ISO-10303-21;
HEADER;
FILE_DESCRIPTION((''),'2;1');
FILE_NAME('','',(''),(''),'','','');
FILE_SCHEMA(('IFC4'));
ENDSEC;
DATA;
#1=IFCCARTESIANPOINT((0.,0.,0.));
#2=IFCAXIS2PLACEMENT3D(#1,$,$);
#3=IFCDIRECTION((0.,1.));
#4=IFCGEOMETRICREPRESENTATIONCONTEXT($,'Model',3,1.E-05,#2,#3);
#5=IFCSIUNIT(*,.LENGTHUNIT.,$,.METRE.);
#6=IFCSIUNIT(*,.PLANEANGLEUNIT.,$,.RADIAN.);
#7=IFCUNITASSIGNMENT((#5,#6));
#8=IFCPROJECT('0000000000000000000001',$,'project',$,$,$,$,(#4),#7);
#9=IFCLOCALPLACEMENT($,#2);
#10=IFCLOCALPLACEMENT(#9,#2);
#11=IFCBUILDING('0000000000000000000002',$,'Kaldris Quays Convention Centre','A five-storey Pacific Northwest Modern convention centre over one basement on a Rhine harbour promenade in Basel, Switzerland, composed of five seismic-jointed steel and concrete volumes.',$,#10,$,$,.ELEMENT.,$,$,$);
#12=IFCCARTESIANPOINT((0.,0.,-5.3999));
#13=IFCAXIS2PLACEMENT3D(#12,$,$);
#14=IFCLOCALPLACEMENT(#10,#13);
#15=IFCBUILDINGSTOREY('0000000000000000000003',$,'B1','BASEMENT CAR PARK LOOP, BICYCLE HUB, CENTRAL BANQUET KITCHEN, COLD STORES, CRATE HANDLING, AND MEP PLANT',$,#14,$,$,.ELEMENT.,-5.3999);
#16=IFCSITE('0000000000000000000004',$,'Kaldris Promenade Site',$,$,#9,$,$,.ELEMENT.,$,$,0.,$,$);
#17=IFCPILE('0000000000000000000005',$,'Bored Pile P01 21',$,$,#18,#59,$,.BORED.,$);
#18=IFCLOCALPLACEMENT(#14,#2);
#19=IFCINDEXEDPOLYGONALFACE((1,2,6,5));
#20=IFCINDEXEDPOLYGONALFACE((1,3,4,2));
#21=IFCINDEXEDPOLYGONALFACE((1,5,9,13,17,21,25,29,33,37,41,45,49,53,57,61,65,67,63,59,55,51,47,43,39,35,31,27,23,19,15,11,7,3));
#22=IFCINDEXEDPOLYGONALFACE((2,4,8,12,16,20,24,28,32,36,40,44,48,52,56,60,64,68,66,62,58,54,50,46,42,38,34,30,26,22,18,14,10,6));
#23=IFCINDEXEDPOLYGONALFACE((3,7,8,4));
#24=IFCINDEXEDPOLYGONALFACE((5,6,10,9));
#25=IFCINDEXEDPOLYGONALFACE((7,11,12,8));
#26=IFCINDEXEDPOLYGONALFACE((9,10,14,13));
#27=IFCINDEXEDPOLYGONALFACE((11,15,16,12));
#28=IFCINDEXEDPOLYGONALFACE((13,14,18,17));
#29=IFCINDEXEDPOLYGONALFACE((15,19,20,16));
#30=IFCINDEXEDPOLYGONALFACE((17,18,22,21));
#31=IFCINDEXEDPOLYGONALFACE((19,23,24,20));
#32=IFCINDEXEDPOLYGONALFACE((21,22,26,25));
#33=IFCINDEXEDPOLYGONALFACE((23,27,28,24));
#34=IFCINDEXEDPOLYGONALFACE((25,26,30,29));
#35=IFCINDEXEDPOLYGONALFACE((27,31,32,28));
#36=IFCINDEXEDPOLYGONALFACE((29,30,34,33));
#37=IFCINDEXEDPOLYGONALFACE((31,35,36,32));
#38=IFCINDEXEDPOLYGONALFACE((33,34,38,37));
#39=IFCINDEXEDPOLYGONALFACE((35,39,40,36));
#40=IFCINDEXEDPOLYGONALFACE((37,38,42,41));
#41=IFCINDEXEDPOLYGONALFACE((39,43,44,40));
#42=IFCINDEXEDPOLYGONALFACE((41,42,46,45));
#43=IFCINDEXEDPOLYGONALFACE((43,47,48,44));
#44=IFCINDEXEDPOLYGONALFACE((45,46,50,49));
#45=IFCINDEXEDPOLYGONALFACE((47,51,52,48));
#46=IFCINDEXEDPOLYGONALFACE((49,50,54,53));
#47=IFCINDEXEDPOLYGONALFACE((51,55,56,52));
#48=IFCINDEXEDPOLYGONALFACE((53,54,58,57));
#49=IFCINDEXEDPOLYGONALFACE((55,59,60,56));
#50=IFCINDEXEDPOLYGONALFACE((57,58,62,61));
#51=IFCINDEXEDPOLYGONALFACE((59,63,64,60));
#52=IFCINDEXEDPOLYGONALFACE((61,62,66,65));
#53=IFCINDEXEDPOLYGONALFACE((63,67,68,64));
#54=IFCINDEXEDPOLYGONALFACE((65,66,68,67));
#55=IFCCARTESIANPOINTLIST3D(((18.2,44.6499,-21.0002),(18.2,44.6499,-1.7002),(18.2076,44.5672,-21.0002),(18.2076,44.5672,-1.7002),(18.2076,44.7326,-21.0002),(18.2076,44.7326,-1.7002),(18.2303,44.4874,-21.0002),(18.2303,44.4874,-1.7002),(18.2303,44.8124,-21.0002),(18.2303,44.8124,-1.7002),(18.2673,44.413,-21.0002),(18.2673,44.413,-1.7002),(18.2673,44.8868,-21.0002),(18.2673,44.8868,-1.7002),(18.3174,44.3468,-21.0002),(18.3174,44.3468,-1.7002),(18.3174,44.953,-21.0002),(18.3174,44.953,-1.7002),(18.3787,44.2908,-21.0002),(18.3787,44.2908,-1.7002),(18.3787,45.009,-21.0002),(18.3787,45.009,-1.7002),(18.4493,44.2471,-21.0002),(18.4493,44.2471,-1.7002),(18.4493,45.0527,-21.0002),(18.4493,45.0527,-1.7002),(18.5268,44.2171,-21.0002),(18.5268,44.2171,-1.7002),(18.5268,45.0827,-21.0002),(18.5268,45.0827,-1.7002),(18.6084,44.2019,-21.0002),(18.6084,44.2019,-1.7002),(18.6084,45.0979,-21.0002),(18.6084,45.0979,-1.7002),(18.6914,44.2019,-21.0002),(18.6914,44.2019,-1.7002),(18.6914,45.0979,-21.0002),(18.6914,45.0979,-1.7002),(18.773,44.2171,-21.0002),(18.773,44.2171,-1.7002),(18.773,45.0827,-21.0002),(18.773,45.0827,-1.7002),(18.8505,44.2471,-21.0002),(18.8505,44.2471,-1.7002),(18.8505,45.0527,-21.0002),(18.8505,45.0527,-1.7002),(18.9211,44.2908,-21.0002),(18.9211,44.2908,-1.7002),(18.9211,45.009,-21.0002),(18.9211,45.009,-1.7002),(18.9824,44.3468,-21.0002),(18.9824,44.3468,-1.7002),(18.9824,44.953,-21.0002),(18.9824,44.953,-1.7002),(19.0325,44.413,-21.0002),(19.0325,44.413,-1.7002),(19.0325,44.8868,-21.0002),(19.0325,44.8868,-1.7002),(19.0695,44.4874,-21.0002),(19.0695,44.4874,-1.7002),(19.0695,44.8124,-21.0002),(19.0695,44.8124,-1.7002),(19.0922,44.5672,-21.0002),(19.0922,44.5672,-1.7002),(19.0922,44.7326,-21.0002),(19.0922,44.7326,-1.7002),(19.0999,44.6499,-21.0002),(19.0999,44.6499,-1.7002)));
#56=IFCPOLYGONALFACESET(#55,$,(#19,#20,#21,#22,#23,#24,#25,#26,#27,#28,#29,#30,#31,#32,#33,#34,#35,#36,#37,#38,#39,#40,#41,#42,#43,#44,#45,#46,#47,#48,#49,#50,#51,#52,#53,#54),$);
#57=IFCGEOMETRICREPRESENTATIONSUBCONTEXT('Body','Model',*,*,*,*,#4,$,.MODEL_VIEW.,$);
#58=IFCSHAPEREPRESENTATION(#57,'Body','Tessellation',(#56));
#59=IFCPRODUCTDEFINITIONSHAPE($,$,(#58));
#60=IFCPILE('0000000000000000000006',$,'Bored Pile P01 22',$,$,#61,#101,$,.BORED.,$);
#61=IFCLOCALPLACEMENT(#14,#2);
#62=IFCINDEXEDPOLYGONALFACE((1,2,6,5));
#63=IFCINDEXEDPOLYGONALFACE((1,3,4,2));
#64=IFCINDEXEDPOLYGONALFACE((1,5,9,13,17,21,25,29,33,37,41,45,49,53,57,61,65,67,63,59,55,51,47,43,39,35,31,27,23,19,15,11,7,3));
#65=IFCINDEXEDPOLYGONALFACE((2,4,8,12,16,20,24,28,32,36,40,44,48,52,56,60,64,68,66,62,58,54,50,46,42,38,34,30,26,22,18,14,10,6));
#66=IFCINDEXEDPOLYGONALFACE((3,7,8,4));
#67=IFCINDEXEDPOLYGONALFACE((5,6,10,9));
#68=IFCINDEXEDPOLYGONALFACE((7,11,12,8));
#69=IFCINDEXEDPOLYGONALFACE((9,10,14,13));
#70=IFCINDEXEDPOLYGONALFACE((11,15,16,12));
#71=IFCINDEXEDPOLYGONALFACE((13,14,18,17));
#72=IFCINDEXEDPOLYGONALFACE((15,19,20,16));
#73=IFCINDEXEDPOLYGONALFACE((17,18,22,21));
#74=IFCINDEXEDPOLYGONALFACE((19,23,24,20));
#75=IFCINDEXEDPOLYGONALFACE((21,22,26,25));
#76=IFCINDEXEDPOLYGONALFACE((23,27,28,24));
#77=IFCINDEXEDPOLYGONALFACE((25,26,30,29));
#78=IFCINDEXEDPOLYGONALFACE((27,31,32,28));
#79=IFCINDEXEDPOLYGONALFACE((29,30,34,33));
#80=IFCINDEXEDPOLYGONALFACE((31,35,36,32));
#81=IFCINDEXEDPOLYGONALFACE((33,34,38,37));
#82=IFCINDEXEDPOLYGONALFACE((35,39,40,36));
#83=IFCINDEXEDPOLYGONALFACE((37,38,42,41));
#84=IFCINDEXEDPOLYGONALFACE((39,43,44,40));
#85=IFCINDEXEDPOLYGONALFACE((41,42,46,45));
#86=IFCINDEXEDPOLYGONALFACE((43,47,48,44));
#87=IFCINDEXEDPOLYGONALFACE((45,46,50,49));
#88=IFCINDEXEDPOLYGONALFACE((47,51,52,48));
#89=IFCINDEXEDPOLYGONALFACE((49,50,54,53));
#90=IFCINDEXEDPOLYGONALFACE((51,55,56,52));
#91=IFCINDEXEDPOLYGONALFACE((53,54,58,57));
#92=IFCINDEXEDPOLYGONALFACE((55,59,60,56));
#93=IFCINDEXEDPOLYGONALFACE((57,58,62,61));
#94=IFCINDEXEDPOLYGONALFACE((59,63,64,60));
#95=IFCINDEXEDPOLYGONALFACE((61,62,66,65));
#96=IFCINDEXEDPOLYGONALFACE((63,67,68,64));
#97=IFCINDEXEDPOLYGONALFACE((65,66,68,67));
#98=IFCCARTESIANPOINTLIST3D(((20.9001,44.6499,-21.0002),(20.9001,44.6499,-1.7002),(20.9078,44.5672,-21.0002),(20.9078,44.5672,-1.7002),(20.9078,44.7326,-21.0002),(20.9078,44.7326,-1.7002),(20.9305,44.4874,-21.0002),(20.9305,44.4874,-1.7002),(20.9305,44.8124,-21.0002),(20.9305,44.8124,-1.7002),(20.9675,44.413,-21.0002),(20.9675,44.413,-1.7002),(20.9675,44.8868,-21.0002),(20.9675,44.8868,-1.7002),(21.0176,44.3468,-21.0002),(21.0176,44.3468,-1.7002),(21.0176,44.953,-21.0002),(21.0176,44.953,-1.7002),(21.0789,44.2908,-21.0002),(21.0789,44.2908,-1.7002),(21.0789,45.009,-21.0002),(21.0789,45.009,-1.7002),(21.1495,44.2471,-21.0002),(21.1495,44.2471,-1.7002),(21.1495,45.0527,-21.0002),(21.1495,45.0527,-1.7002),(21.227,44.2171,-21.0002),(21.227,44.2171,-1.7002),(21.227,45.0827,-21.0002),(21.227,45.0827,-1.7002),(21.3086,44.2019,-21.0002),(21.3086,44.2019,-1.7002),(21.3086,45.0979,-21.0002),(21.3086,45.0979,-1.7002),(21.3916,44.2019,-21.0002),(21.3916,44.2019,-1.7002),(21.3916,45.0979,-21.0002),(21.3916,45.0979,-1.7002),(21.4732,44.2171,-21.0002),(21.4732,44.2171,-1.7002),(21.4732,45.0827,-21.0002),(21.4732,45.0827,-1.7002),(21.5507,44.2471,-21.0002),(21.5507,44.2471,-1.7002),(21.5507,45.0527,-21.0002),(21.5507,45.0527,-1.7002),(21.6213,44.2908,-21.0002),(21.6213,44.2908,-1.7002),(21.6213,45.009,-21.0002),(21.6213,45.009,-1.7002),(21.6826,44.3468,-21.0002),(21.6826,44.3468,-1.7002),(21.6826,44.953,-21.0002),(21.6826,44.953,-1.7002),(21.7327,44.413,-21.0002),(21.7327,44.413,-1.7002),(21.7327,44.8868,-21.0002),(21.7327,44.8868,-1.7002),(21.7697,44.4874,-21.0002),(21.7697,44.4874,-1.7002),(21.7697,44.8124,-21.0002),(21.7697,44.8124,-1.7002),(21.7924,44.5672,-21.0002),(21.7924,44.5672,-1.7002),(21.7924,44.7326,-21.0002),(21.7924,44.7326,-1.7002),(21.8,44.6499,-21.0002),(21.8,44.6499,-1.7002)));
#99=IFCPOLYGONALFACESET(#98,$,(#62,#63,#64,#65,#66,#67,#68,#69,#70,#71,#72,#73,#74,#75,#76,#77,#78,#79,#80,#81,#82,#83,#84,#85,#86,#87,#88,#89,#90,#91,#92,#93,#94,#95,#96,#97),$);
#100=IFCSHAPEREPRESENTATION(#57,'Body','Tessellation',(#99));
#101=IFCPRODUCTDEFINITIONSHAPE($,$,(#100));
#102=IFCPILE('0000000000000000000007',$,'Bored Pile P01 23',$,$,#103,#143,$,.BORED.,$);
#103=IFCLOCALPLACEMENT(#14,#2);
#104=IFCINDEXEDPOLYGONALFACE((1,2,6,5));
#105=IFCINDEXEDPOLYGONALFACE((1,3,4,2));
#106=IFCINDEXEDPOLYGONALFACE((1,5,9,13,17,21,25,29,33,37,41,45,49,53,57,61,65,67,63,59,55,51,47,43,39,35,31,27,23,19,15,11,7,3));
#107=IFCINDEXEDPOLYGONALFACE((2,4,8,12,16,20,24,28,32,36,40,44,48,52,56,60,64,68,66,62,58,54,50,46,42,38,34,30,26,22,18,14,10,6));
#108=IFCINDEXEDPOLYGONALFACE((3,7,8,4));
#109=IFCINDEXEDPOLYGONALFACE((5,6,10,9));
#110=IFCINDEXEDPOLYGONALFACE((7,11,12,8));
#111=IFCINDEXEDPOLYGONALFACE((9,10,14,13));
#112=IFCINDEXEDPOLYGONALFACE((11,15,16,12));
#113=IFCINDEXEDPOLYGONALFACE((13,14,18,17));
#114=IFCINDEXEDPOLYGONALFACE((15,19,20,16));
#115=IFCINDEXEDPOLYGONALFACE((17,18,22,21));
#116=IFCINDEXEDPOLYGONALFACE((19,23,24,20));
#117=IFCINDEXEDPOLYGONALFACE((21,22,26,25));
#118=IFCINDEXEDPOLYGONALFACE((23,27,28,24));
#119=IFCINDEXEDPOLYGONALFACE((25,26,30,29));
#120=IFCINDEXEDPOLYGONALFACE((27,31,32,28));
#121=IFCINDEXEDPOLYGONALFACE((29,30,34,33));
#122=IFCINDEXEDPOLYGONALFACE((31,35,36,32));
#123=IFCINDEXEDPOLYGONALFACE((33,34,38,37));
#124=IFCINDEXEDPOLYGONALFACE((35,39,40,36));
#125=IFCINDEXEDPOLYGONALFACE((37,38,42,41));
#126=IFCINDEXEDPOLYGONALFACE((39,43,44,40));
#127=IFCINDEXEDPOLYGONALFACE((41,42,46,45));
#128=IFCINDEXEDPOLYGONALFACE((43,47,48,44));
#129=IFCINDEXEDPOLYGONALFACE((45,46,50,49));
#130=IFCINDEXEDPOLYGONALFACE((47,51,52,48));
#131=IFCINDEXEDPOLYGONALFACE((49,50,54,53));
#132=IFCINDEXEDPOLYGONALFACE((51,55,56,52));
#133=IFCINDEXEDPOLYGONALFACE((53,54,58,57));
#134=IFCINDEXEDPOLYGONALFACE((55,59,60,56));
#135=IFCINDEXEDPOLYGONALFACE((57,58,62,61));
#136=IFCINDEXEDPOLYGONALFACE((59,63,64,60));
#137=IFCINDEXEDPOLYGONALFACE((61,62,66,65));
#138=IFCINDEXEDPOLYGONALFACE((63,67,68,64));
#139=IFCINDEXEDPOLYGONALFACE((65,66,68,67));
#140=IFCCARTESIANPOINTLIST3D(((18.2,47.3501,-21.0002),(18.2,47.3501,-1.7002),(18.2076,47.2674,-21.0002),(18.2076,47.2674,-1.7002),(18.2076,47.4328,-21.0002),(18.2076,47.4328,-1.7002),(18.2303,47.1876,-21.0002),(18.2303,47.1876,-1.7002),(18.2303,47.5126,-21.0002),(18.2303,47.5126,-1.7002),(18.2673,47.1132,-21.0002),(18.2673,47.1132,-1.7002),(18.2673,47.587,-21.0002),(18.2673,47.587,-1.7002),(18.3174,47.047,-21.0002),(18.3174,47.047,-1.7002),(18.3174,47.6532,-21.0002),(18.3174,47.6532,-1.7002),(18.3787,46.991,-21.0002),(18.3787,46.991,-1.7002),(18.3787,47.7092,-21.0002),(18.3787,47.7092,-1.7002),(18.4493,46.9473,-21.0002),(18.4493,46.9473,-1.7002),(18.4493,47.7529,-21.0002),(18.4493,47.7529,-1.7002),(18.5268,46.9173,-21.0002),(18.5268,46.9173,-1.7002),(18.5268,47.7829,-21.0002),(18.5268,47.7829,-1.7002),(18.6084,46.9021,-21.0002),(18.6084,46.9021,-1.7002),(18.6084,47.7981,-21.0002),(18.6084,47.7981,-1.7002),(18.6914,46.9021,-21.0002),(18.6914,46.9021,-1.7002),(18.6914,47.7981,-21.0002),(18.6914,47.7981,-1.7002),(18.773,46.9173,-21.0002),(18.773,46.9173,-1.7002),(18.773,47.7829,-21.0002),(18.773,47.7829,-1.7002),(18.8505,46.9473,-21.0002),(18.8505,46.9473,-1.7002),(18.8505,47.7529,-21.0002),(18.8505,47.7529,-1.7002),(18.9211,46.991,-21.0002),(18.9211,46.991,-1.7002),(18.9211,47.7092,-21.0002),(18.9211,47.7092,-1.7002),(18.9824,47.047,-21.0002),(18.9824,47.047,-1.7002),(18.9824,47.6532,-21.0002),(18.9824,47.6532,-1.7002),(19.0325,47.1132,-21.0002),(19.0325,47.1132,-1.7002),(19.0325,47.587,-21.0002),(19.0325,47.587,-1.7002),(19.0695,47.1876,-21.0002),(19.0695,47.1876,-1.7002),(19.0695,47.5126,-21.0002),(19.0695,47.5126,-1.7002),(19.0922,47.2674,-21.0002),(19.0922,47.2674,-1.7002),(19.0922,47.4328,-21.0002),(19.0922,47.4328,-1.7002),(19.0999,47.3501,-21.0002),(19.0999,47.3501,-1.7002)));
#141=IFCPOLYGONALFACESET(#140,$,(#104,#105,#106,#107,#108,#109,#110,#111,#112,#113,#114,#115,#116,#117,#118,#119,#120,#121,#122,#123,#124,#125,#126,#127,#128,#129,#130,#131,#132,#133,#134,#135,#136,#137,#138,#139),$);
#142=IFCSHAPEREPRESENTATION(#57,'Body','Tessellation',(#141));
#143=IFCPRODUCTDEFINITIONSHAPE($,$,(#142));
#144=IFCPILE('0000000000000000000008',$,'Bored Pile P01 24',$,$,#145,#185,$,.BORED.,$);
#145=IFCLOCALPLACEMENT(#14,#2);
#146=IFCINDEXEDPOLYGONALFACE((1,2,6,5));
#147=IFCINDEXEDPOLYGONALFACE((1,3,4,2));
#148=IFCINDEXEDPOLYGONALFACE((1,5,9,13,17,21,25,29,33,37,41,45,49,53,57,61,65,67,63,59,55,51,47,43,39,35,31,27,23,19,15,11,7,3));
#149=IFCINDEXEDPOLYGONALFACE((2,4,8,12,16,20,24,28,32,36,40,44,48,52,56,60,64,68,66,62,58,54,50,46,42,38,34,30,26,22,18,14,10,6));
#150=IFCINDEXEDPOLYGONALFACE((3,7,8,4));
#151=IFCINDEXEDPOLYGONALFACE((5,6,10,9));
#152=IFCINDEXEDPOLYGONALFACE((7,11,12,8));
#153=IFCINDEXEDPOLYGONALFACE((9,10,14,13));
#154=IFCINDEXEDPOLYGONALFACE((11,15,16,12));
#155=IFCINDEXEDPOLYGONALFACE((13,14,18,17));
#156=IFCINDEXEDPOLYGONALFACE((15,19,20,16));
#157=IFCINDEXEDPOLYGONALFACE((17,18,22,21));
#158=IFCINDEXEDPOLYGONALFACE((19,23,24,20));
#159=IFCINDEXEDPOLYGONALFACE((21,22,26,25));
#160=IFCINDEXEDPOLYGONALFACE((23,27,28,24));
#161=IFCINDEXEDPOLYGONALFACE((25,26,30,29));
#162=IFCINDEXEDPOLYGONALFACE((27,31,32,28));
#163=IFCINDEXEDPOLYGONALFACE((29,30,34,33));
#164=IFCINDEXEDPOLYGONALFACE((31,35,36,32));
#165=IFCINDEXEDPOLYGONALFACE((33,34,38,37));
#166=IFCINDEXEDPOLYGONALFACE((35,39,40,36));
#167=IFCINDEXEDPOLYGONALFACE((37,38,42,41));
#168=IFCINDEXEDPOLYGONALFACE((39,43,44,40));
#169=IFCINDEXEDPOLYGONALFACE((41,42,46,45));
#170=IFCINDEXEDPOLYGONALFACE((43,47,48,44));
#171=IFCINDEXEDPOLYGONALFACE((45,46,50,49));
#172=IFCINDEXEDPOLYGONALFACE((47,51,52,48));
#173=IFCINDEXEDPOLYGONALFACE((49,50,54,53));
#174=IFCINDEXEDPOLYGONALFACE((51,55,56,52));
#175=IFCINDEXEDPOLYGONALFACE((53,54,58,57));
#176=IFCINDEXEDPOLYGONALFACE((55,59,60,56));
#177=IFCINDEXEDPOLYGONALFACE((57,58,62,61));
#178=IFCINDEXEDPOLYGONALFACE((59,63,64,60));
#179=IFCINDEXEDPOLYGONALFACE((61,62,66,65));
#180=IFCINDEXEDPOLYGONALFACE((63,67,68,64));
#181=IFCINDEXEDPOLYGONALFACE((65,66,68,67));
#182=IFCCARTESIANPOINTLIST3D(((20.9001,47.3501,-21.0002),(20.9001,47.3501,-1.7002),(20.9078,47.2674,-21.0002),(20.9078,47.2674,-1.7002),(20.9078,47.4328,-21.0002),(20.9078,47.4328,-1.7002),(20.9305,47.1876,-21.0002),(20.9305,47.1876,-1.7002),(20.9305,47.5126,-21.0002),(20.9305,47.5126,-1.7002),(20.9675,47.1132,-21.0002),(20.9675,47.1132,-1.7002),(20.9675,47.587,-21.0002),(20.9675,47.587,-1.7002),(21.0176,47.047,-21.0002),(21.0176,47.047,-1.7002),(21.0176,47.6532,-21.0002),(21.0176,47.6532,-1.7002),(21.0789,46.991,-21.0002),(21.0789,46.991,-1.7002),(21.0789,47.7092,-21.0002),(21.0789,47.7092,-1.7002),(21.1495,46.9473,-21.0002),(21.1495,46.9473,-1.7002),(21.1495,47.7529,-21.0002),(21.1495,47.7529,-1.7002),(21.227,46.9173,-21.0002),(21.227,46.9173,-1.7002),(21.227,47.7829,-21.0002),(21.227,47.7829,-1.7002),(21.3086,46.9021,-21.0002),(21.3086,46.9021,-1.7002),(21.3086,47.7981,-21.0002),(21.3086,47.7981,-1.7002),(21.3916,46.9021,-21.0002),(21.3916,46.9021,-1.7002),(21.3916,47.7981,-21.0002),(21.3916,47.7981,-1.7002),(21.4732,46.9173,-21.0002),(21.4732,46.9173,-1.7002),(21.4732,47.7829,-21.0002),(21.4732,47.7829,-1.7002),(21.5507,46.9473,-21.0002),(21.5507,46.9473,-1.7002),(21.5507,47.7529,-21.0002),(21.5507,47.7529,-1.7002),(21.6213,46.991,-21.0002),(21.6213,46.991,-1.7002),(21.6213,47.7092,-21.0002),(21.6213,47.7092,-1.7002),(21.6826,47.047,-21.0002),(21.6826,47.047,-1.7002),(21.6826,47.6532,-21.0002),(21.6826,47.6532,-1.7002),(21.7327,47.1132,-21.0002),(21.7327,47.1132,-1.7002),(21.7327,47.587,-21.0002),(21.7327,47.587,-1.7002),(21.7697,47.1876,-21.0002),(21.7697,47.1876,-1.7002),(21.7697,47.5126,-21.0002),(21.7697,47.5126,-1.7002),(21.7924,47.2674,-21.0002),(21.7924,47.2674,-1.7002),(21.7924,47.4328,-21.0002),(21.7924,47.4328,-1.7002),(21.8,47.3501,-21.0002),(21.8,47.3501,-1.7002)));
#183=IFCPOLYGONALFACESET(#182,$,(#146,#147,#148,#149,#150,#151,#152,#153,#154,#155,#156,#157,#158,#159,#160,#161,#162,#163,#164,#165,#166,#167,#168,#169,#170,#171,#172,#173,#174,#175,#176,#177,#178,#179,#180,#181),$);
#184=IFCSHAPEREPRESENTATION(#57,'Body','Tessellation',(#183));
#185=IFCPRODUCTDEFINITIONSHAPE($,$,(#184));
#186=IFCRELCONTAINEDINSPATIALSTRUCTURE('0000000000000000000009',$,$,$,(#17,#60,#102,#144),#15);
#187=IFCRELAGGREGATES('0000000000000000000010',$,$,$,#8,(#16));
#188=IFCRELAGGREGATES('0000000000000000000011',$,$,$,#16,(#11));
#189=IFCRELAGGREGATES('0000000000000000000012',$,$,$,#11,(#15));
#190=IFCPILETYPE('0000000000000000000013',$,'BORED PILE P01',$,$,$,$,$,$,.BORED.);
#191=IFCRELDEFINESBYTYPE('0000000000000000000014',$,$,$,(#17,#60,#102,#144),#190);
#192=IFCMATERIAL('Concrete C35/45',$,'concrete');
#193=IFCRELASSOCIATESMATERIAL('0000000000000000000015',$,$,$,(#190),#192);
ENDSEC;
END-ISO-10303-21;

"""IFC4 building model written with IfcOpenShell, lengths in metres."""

from ifc_helpers import new_model, si_unit, direction, frame, origin, origin_2d, place, context, subcontext, project, spatial, circle, extrude, material, material_profile, profile_set, type_object, element, save


model = new_model("IFC4")

# Units and contexts
model_context = context("Model", 3, precision=1e-05, world=origin(), true_north=direction((0.0, 1.0)))
body_context = subcontext(model_context, "Body", "Model", "MODEL_VIEW")
ifc_project = project(units=[si_unit("LENGTHUNIT", "METRE"), si_unit("PLANEANGLEUNIT", "RADIAN")], contexts=[model_context])

# Site, building, storey
site_placement = place(None, origin())
site = spatial("IfcSite", under=ifc_project, at=site_placement, Name="Kaldris Promenade Site", CompositionType="ELEMENT", RefElevation=0.0)
building_placement = place(site_placement, origin())
building = spatial("IfcBuilding", under=site, at=building_placement, Name="Kaldris Quays Convention Centre", Description="A five-storey Pacific Northwest Modern convention centre over one basement on a Rhine harbour promenade in Basel, Switzerland, composed of five seismic-jointed steel and concrete volumes.", CompositionType="ELEMENT")
storey_placement = place(building_placement, frame((0.0, 0.0, -5.3999)))
storey = spatial("IfcBuildingStorey", under=building, at=storey_placement, Name="B1", Description="BASEMENT CAR PARK LOOP, BICYCLE HUB, CENTRAL BANQUET KITCHEN, COLD STORES, CRATE HANDLING, AND MEP PLANT", CompositionType="ELEMENT", Elevation=-5.3999)

# Piles
ifc_material_1 = material(Name="Concrete C35/45", Category="concrete")
ifc_material_profile_1 = material_profile(ifc_material_1, circle(Radius=0.45, at=origin_2d()), Name="BORED PILE D900")
ifc_profile_set_1 = profile_set([ifc_material_profile_1], Name="Concrete C35/45")
pile_type_1 = type_object("IfcPileType", Name="BORED PILE P01", PredefinedType="BORED", material=ifc_profile_set_1)
for number, where, z_axis, x_axis, name in (
    (1, (18.6499, 44.6499, -1.7002), (0.0, 0.0, -1.0), (1.0, 0.0, 0.0), "Bored Pile P01 21"),
    (2, (21.3501, 44.6499, -1.7002), (0.0, 0.0, -1.0), (1.0, 0.0, 0.0), "Bored Pile P01 22"),
    (3, (18.6499, 47.3501, -1.7002), (0.0, 0.0, -1.0), (1.0, 0.0, 0.0), "Bored Pile P01 23"),
    (4, (21.3501, 47.3501, -1.7002), (0.0, 0.0, -1.0), (1.0, 0.0, 0.0), "Bored Pile P01 24"),
):
    element("IfcPile", number, at=place(storey_placement, frame(where, z_axis=z_axis, x_axis=x_axis)), inside=storey, type_object=pile_type_1, Name=name, PredefinedType="BORED", context=body_context, shape_type="SweptSolid", body=[
        extrude(circle(Radius=0.45, at=origin_2d()), origin(), (0.0, 0.0, 1.0), 19.3),
    ])

save(model, "model.ifc")
